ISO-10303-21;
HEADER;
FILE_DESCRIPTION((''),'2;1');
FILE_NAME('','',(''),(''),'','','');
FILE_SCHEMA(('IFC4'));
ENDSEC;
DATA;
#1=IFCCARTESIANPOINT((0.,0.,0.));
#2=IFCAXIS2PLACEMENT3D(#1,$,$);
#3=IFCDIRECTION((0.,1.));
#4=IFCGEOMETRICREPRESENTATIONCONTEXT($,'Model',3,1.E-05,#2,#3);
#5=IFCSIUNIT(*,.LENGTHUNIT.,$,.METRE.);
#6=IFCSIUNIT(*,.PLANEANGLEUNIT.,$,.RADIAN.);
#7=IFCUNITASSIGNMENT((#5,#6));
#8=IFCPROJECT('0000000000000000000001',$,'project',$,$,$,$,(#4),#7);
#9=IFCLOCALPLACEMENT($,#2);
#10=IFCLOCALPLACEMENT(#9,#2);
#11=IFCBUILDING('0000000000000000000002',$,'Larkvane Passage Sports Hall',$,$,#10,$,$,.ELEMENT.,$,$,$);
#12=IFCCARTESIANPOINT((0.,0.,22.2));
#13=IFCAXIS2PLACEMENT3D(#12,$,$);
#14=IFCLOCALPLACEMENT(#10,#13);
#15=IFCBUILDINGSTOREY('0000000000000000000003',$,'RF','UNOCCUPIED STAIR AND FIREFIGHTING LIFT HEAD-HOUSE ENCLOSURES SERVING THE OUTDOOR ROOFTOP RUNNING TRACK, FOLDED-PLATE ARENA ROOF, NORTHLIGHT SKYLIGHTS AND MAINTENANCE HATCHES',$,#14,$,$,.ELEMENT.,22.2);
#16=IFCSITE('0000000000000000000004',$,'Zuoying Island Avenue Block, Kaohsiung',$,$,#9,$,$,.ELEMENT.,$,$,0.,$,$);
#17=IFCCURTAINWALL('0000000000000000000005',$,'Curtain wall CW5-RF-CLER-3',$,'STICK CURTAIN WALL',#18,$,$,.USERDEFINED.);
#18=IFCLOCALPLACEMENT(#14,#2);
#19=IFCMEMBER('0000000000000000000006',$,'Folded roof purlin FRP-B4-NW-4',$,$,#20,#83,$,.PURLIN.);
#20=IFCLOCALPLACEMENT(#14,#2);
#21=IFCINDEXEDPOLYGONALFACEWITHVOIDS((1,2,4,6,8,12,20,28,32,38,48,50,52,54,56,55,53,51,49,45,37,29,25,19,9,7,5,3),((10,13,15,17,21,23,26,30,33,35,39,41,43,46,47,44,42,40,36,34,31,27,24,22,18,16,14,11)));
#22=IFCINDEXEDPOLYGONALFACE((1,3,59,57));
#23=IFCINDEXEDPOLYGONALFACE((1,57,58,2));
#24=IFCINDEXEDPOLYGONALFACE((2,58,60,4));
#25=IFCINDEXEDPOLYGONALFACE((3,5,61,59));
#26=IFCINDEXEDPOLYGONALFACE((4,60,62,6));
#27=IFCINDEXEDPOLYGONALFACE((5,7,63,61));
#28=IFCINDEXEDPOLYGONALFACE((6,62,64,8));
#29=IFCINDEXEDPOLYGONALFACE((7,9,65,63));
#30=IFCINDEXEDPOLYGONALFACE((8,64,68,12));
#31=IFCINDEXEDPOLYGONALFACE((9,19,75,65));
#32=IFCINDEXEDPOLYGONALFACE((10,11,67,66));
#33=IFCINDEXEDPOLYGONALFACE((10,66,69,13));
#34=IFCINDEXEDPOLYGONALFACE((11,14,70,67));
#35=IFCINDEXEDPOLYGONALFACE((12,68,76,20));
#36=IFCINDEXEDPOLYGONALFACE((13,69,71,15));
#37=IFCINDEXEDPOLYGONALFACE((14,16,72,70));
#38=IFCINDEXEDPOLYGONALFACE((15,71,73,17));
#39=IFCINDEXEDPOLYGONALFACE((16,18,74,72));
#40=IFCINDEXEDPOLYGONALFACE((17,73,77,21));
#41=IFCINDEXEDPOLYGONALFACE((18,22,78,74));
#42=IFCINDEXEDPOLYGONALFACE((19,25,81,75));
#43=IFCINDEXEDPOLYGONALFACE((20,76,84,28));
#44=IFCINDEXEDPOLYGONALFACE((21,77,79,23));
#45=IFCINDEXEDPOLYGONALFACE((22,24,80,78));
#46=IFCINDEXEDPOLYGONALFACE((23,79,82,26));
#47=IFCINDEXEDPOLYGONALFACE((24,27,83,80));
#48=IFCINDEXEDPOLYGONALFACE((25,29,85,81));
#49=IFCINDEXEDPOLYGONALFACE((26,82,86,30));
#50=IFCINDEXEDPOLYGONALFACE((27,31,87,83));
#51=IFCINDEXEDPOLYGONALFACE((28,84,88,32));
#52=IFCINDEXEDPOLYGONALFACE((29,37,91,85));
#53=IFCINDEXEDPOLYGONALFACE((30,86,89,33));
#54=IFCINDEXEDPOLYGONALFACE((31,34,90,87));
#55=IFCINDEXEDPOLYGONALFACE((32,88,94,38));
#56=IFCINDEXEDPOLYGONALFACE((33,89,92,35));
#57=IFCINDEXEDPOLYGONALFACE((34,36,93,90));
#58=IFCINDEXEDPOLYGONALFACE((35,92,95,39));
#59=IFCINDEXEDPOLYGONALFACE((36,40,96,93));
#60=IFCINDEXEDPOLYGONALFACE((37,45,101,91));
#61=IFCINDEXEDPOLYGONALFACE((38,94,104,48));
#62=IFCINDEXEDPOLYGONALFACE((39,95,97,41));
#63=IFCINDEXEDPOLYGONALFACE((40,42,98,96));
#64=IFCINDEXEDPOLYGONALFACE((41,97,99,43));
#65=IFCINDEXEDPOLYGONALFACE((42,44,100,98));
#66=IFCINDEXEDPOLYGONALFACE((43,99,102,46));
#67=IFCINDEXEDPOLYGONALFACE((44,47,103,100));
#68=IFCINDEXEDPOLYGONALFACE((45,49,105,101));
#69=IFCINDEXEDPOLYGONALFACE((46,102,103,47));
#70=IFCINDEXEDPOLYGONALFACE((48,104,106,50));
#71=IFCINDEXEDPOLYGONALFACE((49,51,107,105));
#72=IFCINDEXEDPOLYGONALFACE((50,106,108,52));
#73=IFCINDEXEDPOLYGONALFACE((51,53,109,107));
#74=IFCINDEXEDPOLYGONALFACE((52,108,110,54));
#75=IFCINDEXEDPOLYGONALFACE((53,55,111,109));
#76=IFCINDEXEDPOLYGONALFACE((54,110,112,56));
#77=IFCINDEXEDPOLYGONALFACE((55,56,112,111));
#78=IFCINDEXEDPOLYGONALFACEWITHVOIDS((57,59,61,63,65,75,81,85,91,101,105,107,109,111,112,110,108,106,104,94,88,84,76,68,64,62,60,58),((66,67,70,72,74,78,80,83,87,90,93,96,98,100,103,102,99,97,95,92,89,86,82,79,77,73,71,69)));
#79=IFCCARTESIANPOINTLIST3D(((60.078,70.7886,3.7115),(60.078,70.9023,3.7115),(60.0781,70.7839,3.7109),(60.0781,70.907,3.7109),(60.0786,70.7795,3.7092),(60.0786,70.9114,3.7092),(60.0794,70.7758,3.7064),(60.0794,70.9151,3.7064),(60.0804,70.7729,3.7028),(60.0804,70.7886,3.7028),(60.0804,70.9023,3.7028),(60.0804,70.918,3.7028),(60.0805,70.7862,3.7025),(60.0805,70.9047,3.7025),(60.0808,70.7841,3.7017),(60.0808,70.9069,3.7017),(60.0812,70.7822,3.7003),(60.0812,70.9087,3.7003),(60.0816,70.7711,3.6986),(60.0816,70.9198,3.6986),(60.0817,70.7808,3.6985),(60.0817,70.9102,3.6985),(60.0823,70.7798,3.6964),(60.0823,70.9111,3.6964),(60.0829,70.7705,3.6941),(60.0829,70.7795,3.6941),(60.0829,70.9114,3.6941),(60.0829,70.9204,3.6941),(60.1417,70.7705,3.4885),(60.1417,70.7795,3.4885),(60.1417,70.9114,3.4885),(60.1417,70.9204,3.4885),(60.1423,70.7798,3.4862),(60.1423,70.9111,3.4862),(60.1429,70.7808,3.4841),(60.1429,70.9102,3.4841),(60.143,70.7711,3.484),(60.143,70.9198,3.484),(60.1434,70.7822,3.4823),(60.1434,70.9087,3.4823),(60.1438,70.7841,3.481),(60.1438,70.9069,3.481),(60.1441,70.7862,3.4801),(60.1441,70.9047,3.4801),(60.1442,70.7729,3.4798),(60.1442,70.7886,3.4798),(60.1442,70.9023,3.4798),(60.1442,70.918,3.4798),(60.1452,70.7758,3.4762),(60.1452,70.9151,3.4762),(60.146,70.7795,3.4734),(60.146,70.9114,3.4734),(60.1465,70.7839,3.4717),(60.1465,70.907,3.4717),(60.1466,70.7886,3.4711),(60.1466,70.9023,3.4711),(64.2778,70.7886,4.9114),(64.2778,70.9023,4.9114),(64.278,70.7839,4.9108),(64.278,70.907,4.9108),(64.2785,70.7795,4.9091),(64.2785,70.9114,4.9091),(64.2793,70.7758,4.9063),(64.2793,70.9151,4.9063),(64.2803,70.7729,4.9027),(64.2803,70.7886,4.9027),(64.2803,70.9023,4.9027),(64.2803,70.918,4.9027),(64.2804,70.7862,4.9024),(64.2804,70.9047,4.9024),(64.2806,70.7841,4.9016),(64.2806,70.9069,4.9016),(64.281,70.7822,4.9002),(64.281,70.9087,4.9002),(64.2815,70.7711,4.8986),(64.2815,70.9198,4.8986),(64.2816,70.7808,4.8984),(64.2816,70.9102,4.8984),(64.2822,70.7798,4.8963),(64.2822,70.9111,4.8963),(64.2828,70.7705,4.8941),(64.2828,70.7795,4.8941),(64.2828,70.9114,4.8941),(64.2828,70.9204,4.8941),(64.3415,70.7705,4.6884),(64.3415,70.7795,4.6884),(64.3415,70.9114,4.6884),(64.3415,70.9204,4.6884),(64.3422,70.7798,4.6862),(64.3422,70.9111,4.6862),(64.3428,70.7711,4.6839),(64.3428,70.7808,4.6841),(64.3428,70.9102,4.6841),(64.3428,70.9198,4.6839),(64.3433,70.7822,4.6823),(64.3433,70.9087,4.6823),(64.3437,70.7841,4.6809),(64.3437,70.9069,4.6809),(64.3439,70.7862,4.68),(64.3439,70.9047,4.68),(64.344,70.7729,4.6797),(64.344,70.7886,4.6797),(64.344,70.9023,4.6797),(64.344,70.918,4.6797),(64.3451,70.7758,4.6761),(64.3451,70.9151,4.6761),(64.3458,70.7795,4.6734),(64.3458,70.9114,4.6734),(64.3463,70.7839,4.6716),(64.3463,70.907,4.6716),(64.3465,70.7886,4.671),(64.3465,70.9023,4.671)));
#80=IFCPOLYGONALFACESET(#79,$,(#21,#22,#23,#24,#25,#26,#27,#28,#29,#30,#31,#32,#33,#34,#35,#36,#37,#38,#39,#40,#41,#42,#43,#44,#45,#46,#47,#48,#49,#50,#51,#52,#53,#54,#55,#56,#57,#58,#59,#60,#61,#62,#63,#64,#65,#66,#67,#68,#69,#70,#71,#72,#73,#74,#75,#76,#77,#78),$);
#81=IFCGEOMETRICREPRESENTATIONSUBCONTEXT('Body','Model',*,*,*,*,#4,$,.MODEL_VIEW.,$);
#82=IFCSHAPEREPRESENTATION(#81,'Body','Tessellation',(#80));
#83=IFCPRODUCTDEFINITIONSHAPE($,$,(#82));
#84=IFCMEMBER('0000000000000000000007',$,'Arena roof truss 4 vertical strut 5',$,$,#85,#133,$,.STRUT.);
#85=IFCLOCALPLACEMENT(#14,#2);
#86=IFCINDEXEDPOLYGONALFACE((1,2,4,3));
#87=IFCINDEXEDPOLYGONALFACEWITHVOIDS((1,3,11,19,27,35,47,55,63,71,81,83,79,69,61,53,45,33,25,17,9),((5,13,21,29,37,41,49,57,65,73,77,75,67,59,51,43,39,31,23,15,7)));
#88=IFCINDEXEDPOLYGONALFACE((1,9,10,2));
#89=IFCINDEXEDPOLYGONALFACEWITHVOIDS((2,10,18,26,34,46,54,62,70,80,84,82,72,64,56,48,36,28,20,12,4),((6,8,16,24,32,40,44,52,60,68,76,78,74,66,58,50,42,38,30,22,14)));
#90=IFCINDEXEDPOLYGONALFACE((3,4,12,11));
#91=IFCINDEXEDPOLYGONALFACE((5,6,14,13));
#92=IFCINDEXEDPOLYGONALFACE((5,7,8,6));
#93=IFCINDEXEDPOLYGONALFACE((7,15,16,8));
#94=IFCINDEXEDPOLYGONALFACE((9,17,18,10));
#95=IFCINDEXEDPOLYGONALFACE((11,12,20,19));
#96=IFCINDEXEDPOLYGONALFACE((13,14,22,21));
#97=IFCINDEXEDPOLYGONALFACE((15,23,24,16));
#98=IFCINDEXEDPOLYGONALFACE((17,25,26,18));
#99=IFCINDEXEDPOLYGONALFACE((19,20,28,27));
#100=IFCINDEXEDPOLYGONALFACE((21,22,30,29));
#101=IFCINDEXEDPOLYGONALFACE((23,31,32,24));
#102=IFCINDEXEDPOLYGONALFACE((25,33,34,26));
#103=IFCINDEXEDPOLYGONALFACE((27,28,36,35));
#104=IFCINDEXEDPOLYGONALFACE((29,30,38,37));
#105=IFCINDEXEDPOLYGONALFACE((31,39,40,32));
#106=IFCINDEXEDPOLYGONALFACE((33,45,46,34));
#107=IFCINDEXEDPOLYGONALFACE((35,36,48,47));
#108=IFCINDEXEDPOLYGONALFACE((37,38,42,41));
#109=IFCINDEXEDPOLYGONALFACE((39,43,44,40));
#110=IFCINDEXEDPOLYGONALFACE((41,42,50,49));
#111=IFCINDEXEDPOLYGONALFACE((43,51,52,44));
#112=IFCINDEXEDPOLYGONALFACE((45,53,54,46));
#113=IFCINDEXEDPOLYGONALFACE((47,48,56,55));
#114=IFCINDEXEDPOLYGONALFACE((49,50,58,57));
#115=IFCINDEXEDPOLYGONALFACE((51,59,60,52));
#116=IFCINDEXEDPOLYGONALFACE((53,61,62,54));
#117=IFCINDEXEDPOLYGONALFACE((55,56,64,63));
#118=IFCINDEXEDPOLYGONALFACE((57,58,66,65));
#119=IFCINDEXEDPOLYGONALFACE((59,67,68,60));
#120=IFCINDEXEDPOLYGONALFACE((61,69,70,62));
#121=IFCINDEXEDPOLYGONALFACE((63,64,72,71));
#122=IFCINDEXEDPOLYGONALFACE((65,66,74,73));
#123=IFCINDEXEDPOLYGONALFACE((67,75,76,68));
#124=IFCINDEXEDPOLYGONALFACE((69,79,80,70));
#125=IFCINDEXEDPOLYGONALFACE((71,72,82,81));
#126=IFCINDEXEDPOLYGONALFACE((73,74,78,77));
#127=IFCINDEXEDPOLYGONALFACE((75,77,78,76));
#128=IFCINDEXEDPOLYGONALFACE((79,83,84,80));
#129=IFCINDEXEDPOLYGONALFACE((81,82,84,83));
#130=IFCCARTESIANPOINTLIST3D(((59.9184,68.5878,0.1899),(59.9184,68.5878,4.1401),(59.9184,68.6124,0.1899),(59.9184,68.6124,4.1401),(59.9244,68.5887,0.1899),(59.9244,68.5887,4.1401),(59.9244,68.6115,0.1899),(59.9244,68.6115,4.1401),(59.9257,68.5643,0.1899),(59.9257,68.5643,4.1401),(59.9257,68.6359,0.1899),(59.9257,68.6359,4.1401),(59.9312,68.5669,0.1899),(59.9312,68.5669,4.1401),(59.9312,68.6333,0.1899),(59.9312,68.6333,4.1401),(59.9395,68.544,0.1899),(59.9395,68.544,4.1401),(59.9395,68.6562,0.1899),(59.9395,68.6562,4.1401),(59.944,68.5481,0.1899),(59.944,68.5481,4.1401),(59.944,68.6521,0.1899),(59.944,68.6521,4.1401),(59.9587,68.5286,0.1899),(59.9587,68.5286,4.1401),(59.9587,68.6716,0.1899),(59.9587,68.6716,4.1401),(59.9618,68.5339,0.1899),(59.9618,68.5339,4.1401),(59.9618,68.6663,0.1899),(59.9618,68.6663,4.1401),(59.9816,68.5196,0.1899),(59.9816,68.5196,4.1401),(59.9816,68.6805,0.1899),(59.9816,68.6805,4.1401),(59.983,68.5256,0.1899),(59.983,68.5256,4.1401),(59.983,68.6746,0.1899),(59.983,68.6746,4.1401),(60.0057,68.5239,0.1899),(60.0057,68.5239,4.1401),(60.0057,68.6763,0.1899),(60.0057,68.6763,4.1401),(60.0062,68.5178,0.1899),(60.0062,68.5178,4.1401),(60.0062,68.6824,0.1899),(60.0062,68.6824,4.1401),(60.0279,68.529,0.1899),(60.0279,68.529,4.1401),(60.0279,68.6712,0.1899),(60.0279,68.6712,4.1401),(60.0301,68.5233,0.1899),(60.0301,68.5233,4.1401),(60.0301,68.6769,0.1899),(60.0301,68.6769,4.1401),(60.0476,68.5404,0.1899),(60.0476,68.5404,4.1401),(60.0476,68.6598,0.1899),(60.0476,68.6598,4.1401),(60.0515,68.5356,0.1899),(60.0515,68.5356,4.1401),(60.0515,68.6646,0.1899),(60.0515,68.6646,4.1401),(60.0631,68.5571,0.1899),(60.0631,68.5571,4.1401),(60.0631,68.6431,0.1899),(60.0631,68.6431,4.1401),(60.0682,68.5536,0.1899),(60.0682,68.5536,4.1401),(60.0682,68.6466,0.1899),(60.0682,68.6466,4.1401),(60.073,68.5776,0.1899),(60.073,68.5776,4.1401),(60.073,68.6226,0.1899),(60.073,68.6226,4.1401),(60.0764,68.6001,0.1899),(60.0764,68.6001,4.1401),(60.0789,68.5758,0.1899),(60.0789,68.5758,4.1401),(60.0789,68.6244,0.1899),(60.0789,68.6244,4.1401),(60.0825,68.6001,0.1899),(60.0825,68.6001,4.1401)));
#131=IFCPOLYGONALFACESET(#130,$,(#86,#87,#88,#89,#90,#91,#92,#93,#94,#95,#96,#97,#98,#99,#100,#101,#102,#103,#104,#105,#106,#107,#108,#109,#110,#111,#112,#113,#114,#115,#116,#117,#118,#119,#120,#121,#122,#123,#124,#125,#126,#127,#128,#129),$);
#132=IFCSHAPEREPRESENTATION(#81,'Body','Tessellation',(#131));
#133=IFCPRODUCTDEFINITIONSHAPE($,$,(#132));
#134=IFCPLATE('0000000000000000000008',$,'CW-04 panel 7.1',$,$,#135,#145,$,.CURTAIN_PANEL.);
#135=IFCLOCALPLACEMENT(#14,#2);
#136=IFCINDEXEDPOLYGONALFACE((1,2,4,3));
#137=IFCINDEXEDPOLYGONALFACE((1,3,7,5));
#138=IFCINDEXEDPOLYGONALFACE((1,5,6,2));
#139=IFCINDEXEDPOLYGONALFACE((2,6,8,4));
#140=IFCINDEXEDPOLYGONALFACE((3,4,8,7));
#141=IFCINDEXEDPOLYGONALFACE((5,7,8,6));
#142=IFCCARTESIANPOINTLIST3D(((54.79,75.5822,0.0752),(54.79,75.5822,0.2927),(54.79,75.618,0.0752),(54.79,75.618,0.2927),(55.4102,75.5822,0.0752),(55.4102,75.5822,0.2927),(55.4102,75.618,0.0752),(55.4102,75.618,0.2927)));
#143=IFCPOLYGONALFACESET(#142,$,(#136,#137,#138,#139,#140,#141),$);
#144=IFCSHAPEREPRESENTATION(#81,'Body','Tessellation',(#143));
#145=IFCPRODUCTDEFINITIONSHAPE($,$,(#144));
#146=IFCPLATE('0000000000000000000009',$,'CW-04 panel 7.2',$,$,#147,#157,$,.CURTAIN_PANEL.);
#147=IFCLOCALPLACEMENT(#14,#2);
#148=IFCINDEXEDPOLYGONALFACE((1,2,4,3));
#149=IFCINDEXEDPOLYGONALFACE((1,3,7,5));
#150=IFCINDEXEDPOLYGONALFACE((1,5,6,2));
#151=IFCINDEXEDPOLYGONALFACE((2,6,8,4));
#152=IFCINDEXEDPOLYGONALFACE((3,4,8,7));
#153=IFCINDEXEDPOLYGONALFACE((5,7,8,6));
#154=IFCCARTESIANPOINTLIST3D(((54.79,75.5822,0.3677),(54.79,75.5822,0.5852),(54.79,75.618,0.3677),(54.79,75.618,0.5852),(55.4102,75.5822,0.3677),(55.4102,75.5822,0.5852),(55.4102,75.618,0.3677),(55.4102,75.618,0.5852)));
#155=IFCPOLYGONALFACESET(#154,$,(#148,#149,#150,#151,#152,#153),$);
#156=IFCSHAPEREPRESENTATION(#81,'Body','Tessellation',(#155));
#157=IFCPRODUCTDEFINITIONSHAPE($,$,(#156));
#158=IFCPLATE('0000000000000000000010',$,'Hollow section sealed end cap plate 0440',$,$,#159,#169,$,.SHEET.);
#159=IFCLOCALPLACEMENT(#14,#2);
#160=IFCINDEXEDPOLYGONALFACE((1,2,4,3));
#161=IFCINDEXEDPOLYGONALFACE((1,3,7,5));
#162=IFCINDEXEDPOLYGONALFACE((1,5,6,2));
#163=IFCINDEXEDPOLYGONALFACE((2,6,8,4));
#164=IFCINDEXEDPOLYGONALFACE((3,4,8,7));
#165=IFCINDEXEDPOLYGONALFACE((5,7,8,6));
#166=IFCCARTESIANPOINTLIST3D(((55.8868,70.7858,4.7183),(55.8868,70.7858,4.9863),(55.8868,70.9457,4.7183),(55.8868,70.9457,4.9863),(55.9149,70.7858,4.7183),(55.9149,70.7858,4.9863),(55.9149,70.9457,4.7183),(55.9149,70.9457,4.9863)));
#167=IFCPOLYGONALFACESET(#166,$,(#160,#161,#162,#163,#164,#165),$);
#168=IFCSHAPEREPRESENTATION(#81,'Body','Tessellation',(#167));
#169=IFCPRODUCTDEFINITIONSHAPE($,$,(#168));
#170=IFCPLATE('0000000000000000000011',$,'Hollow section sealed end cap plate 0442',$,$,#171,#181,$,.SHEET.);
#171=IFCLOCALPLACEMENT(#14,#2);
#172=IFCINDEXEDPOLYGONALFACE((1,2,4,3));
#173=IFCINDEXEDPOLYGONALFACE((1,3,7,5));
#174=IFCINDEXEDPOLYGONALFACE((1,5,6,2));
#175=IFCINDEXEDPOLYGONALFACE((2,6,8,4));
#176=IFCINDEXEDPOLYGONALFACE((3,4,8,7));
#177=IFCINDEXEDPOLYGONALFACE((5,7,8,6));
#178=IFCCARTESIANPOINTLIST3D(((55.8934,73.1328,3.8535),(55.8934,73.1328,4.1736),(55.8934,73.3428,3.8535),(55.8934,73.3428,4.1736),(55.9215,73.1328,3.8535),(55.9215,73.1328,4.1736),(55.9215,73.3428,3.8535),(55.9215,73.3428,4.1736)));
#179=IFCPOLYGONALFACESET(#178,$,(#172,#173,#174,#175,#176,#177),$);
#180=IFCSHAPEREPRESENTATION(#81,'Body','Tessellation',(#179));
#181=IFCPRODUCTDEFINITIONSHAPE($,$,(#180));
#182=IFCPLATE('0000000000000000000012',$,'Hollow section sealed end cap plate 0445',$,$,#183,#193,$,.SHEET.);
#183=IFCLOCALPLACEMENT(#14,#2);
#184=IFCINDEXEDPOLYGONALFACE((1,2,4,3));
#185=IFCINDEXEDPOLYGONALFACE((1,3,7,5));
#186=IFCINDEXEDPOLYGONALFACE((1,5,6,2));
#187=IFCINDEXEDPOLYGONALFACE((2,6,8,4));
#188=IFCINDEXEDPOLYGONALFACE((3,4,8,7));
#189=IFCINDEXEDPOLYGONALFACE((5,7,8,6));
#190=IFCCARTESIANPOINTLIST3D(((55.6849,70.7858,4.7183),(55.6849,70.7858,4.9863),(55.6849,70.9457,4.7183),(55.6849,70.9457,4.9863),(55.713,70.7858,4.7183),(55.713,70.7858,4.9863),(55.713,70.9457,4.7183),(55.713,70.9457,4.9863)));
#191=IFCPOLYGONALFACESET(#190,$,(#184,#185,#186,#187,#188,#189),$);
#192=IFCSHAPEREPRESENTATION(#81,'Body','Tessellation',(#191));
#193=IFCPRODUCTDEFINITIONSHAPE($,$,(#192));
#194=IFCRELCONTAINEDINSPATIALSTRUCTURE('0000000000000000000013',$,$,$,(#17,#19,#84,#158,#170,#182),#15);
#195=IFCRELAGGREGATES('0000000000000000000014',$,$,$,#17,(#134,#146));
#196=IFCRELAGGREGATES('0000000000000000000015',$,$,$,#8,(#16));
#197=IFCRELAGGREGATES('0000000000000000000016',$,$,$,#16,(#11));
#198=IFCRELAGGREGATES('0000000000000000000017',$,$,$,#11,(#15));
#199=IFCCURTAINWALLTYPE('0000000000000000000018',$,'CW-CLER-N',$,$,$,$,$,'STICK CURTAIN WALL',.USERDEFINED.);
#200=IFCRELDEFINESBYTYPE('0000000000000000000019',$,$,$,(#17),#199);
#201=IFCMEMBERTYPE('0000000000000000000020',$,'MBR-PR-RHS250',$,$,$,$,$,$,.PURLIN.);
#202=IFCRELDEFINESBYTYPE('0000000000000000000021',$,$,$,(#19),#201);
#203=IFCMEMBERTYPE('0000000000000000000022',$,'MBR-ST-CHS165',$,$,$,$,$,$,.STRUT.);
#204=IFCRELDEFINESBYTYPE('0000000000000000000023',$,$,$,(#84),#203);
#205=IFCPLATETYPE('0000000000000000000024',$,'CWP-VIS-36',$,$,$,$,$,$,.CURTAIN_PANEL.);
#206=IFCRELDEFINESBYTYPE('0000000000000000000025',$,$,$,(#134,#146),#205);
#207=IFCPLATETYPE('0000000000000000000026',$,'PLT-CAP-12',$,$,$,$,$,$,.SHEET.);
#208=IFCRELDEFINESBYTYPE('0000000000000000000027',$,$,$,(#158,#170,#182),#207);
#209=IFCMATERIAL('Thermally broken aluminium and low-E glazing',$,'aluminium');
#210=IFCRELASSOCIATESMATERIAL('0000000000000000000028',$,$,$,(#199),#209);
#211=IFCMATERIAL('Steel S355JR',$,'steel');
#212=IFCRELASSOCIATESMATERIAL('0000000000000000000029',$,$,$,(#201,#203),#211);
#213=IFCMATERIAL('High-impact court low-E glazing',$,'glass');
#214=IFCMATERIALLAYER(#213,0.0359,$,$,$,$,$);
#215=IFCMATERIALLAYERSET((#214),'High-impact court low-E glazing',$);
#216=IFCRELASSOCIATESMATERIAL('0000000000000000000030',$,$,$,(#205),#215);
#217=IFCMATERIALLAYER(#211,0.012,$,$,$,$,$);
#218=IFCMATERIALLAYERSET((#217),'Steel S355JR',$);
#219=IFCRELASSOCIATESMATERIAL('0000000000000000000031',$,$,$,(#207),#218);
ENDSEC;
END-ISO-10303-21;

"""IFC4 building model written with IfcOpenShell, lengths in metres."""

from ifc_helpers import new_model, si_unit, direction, frame, origin, origin_2d, place, context, subcontext, project, spatial, rectangle, hollow_rectangle, hollow_circle, extrude, material, layer, layer_set, material_profile, profile_set, type_object, element, aggregate, save


model = new_model("IFC4")

# Units and contexts
model_context = context("Model", 3, precision=1e-05, world=origin(), true_north=direction((0.0, 1.0)))
body_context = subcontext(model_context, "Body", "Model", "MODEL_VIEW")
ifc_project = project(units=[si_unit("LENGTHUNIT", "METRE"), si_unit("PLANEANGLEUNIT", "RADIAN")], contexts=[model_context])

# Site, building, storey
site_placement = place(None, origin())
site = spatial("IfcSite", under=ifc_project, at=site_placement, Name="Zuoying Island Avenue Block, Kaohsiung", CompositionType="ELEMENT", RefElevation=0.0)
building_placement = place(site_placement, origin())
building = spatial("IfcBuilding", under=site, at=building_placement, Name="Larkvane Passage Sports Hall", CompositionType="ELEMENT")
storey_placement = place(building_placement, frame((0.0, 0.0, 22.2)))
storey = spatial("IfcBuildingStorey", under=building, at=storey_placement, Name="RF", Description="UNOCCUPIED STAIR AND FIREFIGHTING LIFT HEAD-HOUSE ENCLOSURES SERVING THE OUTDOOR ROOFTOP RUNNING TRACK, FOLDED-PLATE ARENA ROOF, NORTHLIGHT SKYLIGHTS AND MAINTENANCE HATCHES", CompositionType="ELEMENT", Elevation=22.2)

# Curtain wall
ifc_material_1 = material(Name="Thermally broken aluminium and low-E glazing", Category="aluminium")
curtain_wall_type = type_object("IfcCurtainWallType", Name="CW-CLER-N", ElementType="STICK CURTAIN WALL", PredefinedType="USERDEFINED", material=ifc_material_1)
curtain_wall_placement = place(storey_placement, origin())
curtain_wall = element("IfcCurtainWall", 1, at=curtain_wall_placement, inside=storey, type_object=curtain_wall_type, Name="Curtain wall CW5-RF-CLER-3", ObjectType="STICK CURTAIN WALL", PredefinedType="USERDEFINED")

# Members
ifc_material_2 = material(Name="Steel S355JR", Category="steel")
ifc_material_profile_1 = material_profile(ifc_material_2, hollow_rectangle(XDim=0.1499, YDim=0.25, WallThickness=0.009, InnerFilletRadius=0.009, OuterFilletRadius=0.0181, at=origin_2d()), Name="RHS-250x150x9")
ifc_profile_set_1 = profile_set([ifc_material_profile_1], Name="Steel S355JR")
member_type_1 = type_object("IfcMemberType", Name="MBR-PR-RHS250", PredefinedType="PURLIN", material=ifc_profile_set_1)
for number, where, z_axis, x_axis, name in (
    (2, (60.1123, 70.8455, 3.5913), (0.961526, 0.0, 0.274714), (0.0, 1.0, 0.0), "Folded roof purlin FRP-B4-NW-4"),
):
    element("IfcMember", number, at=place(storey_placement, frame(where, z_axis=z_axis, x_axis=x_axis)), inside=storey, type_object=member_type_1, Name=name, PredefinedType="PURLIN", context=body_context, shape_type="SweptSolid", body=[
        extrude(hollow_rectangle(XDim=0.1499, YDim=0.25, WallThickness=0.009, InnerFilletRadius=0.009, OuterFilletRadius=0.0181, at=origin_2d()), origin(), (0.0, 0.0, 1.0), 4.3679),
    ])
ifc_material_profile_2 = material_profile(ifc_material_2, hollow_circle(Radius=0.0825, WallThickness=0.0061, at=origin_2d()), Name="CHS-165.2x6.0")
ifc_profile_set_2 = profile_set([ifc_material_profile_2], Name="Steel S355JR")
member_type_2 = type_object("IfcMemberType", Name="MBR-ST-CHS165", PredefinedType="STRUT", material=ifc_profile_set_2)
member_1_placement = place(storey_placement, frame((60.0, 68.6001, 0.1899), z_axis=(0.0, 0.0, 1.0), x_axis=(1.0, 0.0, 0.0)))
element("IfcMember", 3, at=member_1_placement, inside=storey, type_object=member_type_2, Name="Arena roof truss 4 vertical strut 5", PredefinedType="STRUT", context=body_context, shape_type="SweptSolid", body=[
    extrude(hollow_circle(Radius=0.0825, WallThickness=0.0061, at=origin_2d()), origin(), (0.0, 0.0, 1.0), 3.9502),
])

# Plates
ifc_material_3 = material(Name="High-impact court low-E glazing", Category="glass")
ifc_layer_1 = layer(ifc_material_3, 0.0359)
ifc_layer_set_1 = layer_set([ifc_layer_1], Name="High-impact court low-E glazing")
plate_type_1 = type_object("IfcPlateType", Name="CWP-VIS-36", PredefinedType="CURTAIN_PANEL", material=ifc_layer_set_1)
plate_1_placement = place(storey_placement, frame((55.1001, 75.6001, 0.0752), z_axis=(0.0, 0.0, 1.0), x_axis=(-1.0, 0.0, 0.0)))
plate_1 = element("IfcPlate", 4, at=plate_1_placement, type_object=plate_type_1, Name="CW-04 panel 7.1", PredefinedType="CURTAIN_PANEL", context=body_context, shape_type="SweptSolid", body=[
    extrude(rectangle(XDim=0.6201, YDim=0.0359, at=origin_2d()), origin(), (0.0, 0.0, 1.0), 0.2175),
])
plate_2_placement = place(storey_placement, frame((55.1001, 75.6001, 0.3677), z_axis=(0.0, 0.0, 1.0), x_axis=(-1.0, 0.0, 0.0)))
plate_2 = element("IfcPlate", 5, at=plate_2_placement, type_object=plate_type_1, Name="CW-04 panel 7.2", PredefinedType="CURTAIN_PANEL", context=body_context, shape_type="SweptSolid", body=[
    extrude(rectangle(XDim=0.6201, YDim=0.0359, at=origin_2d()), origin(), (0.0, 0.0, 1.0), 0.2175),
])
aggregate(curtain_wall, [plate_1, plate_2])

# Plates
ifc_layer_2 = layer(ifc_material_2, 0.012)
ifc_layer_set_2 = layer_set([ifc_layer_2], Name="Steel S355JR")
plate_type_2 = type_object("IfcPlateType", Name="PLT-CAP-12", PredefinedType="SHEET", material=ifc_layer_set_2)
plate_3_placement = place(storey_placement, frame((55.9009, 70.8657, 4.7183), z_axis=(0.0, 0.0, 1.0), x_axis=(0.0, 1.0, 0.0)))
element("IfcPlate", 6, at=plate_3_placement, inside=storey, type_object=plate_type_2, Name="Hollow section sealed end cap plate 0440", PredefinedType="SHEET", context=body_context, shape_type="SweptSolid", body=[
    extrude(rectangle(XDim=0.1599, YDim=0.0281, at=origin_2d()), origin(), (0.0, 0.0, 1.0), 0.2681),
])
plate_4_placement = place(storey_placement, frame((55.9075, 73.2378, 3.8535), z_axis=(0.0, 0.0, 1.0), x_axis=(0.0, 1.0, 0.0)))
element("IfcPlate", 7, at=plate_4_placement, inside=storey, type_object=plate_type_2, Name="Hollow section sealed end cap plate 0442", PredefinedType="SHEET", context=body_context, shape_type="SweptSolid", body=[
    extrude(rectangle(XDim=0.21, YDim=0.0281, at=origin_2d()), origin(), (0.0, 0.0, 1.0), 0.3201),
])
for number, where, z_axis, x_axis, name in (
    (8, (55.699, 70.8657, 4.7183), (0.0, 0.0, 1.0), (0.0, 1.0, 0.0), "Hollow section sealed end cap plate 0445"),
):
    element("IfcPlate", number, at=place(storey_placement, frame(where, z_axis=z_axis, x_axis=x_axis)), inside=storey, type_object=plate_type_2, Name=name, PredefinedType="SHEET", context=body_context, shape_type="SweptSolid", body=[
        extrude(rectangle(XDim=0.1599, YDim=0.0281, at=origin_2d()), origin(), (0.0, 0.0, 1.0), 0.2681),
    ])

save(model, "model.ifc")
